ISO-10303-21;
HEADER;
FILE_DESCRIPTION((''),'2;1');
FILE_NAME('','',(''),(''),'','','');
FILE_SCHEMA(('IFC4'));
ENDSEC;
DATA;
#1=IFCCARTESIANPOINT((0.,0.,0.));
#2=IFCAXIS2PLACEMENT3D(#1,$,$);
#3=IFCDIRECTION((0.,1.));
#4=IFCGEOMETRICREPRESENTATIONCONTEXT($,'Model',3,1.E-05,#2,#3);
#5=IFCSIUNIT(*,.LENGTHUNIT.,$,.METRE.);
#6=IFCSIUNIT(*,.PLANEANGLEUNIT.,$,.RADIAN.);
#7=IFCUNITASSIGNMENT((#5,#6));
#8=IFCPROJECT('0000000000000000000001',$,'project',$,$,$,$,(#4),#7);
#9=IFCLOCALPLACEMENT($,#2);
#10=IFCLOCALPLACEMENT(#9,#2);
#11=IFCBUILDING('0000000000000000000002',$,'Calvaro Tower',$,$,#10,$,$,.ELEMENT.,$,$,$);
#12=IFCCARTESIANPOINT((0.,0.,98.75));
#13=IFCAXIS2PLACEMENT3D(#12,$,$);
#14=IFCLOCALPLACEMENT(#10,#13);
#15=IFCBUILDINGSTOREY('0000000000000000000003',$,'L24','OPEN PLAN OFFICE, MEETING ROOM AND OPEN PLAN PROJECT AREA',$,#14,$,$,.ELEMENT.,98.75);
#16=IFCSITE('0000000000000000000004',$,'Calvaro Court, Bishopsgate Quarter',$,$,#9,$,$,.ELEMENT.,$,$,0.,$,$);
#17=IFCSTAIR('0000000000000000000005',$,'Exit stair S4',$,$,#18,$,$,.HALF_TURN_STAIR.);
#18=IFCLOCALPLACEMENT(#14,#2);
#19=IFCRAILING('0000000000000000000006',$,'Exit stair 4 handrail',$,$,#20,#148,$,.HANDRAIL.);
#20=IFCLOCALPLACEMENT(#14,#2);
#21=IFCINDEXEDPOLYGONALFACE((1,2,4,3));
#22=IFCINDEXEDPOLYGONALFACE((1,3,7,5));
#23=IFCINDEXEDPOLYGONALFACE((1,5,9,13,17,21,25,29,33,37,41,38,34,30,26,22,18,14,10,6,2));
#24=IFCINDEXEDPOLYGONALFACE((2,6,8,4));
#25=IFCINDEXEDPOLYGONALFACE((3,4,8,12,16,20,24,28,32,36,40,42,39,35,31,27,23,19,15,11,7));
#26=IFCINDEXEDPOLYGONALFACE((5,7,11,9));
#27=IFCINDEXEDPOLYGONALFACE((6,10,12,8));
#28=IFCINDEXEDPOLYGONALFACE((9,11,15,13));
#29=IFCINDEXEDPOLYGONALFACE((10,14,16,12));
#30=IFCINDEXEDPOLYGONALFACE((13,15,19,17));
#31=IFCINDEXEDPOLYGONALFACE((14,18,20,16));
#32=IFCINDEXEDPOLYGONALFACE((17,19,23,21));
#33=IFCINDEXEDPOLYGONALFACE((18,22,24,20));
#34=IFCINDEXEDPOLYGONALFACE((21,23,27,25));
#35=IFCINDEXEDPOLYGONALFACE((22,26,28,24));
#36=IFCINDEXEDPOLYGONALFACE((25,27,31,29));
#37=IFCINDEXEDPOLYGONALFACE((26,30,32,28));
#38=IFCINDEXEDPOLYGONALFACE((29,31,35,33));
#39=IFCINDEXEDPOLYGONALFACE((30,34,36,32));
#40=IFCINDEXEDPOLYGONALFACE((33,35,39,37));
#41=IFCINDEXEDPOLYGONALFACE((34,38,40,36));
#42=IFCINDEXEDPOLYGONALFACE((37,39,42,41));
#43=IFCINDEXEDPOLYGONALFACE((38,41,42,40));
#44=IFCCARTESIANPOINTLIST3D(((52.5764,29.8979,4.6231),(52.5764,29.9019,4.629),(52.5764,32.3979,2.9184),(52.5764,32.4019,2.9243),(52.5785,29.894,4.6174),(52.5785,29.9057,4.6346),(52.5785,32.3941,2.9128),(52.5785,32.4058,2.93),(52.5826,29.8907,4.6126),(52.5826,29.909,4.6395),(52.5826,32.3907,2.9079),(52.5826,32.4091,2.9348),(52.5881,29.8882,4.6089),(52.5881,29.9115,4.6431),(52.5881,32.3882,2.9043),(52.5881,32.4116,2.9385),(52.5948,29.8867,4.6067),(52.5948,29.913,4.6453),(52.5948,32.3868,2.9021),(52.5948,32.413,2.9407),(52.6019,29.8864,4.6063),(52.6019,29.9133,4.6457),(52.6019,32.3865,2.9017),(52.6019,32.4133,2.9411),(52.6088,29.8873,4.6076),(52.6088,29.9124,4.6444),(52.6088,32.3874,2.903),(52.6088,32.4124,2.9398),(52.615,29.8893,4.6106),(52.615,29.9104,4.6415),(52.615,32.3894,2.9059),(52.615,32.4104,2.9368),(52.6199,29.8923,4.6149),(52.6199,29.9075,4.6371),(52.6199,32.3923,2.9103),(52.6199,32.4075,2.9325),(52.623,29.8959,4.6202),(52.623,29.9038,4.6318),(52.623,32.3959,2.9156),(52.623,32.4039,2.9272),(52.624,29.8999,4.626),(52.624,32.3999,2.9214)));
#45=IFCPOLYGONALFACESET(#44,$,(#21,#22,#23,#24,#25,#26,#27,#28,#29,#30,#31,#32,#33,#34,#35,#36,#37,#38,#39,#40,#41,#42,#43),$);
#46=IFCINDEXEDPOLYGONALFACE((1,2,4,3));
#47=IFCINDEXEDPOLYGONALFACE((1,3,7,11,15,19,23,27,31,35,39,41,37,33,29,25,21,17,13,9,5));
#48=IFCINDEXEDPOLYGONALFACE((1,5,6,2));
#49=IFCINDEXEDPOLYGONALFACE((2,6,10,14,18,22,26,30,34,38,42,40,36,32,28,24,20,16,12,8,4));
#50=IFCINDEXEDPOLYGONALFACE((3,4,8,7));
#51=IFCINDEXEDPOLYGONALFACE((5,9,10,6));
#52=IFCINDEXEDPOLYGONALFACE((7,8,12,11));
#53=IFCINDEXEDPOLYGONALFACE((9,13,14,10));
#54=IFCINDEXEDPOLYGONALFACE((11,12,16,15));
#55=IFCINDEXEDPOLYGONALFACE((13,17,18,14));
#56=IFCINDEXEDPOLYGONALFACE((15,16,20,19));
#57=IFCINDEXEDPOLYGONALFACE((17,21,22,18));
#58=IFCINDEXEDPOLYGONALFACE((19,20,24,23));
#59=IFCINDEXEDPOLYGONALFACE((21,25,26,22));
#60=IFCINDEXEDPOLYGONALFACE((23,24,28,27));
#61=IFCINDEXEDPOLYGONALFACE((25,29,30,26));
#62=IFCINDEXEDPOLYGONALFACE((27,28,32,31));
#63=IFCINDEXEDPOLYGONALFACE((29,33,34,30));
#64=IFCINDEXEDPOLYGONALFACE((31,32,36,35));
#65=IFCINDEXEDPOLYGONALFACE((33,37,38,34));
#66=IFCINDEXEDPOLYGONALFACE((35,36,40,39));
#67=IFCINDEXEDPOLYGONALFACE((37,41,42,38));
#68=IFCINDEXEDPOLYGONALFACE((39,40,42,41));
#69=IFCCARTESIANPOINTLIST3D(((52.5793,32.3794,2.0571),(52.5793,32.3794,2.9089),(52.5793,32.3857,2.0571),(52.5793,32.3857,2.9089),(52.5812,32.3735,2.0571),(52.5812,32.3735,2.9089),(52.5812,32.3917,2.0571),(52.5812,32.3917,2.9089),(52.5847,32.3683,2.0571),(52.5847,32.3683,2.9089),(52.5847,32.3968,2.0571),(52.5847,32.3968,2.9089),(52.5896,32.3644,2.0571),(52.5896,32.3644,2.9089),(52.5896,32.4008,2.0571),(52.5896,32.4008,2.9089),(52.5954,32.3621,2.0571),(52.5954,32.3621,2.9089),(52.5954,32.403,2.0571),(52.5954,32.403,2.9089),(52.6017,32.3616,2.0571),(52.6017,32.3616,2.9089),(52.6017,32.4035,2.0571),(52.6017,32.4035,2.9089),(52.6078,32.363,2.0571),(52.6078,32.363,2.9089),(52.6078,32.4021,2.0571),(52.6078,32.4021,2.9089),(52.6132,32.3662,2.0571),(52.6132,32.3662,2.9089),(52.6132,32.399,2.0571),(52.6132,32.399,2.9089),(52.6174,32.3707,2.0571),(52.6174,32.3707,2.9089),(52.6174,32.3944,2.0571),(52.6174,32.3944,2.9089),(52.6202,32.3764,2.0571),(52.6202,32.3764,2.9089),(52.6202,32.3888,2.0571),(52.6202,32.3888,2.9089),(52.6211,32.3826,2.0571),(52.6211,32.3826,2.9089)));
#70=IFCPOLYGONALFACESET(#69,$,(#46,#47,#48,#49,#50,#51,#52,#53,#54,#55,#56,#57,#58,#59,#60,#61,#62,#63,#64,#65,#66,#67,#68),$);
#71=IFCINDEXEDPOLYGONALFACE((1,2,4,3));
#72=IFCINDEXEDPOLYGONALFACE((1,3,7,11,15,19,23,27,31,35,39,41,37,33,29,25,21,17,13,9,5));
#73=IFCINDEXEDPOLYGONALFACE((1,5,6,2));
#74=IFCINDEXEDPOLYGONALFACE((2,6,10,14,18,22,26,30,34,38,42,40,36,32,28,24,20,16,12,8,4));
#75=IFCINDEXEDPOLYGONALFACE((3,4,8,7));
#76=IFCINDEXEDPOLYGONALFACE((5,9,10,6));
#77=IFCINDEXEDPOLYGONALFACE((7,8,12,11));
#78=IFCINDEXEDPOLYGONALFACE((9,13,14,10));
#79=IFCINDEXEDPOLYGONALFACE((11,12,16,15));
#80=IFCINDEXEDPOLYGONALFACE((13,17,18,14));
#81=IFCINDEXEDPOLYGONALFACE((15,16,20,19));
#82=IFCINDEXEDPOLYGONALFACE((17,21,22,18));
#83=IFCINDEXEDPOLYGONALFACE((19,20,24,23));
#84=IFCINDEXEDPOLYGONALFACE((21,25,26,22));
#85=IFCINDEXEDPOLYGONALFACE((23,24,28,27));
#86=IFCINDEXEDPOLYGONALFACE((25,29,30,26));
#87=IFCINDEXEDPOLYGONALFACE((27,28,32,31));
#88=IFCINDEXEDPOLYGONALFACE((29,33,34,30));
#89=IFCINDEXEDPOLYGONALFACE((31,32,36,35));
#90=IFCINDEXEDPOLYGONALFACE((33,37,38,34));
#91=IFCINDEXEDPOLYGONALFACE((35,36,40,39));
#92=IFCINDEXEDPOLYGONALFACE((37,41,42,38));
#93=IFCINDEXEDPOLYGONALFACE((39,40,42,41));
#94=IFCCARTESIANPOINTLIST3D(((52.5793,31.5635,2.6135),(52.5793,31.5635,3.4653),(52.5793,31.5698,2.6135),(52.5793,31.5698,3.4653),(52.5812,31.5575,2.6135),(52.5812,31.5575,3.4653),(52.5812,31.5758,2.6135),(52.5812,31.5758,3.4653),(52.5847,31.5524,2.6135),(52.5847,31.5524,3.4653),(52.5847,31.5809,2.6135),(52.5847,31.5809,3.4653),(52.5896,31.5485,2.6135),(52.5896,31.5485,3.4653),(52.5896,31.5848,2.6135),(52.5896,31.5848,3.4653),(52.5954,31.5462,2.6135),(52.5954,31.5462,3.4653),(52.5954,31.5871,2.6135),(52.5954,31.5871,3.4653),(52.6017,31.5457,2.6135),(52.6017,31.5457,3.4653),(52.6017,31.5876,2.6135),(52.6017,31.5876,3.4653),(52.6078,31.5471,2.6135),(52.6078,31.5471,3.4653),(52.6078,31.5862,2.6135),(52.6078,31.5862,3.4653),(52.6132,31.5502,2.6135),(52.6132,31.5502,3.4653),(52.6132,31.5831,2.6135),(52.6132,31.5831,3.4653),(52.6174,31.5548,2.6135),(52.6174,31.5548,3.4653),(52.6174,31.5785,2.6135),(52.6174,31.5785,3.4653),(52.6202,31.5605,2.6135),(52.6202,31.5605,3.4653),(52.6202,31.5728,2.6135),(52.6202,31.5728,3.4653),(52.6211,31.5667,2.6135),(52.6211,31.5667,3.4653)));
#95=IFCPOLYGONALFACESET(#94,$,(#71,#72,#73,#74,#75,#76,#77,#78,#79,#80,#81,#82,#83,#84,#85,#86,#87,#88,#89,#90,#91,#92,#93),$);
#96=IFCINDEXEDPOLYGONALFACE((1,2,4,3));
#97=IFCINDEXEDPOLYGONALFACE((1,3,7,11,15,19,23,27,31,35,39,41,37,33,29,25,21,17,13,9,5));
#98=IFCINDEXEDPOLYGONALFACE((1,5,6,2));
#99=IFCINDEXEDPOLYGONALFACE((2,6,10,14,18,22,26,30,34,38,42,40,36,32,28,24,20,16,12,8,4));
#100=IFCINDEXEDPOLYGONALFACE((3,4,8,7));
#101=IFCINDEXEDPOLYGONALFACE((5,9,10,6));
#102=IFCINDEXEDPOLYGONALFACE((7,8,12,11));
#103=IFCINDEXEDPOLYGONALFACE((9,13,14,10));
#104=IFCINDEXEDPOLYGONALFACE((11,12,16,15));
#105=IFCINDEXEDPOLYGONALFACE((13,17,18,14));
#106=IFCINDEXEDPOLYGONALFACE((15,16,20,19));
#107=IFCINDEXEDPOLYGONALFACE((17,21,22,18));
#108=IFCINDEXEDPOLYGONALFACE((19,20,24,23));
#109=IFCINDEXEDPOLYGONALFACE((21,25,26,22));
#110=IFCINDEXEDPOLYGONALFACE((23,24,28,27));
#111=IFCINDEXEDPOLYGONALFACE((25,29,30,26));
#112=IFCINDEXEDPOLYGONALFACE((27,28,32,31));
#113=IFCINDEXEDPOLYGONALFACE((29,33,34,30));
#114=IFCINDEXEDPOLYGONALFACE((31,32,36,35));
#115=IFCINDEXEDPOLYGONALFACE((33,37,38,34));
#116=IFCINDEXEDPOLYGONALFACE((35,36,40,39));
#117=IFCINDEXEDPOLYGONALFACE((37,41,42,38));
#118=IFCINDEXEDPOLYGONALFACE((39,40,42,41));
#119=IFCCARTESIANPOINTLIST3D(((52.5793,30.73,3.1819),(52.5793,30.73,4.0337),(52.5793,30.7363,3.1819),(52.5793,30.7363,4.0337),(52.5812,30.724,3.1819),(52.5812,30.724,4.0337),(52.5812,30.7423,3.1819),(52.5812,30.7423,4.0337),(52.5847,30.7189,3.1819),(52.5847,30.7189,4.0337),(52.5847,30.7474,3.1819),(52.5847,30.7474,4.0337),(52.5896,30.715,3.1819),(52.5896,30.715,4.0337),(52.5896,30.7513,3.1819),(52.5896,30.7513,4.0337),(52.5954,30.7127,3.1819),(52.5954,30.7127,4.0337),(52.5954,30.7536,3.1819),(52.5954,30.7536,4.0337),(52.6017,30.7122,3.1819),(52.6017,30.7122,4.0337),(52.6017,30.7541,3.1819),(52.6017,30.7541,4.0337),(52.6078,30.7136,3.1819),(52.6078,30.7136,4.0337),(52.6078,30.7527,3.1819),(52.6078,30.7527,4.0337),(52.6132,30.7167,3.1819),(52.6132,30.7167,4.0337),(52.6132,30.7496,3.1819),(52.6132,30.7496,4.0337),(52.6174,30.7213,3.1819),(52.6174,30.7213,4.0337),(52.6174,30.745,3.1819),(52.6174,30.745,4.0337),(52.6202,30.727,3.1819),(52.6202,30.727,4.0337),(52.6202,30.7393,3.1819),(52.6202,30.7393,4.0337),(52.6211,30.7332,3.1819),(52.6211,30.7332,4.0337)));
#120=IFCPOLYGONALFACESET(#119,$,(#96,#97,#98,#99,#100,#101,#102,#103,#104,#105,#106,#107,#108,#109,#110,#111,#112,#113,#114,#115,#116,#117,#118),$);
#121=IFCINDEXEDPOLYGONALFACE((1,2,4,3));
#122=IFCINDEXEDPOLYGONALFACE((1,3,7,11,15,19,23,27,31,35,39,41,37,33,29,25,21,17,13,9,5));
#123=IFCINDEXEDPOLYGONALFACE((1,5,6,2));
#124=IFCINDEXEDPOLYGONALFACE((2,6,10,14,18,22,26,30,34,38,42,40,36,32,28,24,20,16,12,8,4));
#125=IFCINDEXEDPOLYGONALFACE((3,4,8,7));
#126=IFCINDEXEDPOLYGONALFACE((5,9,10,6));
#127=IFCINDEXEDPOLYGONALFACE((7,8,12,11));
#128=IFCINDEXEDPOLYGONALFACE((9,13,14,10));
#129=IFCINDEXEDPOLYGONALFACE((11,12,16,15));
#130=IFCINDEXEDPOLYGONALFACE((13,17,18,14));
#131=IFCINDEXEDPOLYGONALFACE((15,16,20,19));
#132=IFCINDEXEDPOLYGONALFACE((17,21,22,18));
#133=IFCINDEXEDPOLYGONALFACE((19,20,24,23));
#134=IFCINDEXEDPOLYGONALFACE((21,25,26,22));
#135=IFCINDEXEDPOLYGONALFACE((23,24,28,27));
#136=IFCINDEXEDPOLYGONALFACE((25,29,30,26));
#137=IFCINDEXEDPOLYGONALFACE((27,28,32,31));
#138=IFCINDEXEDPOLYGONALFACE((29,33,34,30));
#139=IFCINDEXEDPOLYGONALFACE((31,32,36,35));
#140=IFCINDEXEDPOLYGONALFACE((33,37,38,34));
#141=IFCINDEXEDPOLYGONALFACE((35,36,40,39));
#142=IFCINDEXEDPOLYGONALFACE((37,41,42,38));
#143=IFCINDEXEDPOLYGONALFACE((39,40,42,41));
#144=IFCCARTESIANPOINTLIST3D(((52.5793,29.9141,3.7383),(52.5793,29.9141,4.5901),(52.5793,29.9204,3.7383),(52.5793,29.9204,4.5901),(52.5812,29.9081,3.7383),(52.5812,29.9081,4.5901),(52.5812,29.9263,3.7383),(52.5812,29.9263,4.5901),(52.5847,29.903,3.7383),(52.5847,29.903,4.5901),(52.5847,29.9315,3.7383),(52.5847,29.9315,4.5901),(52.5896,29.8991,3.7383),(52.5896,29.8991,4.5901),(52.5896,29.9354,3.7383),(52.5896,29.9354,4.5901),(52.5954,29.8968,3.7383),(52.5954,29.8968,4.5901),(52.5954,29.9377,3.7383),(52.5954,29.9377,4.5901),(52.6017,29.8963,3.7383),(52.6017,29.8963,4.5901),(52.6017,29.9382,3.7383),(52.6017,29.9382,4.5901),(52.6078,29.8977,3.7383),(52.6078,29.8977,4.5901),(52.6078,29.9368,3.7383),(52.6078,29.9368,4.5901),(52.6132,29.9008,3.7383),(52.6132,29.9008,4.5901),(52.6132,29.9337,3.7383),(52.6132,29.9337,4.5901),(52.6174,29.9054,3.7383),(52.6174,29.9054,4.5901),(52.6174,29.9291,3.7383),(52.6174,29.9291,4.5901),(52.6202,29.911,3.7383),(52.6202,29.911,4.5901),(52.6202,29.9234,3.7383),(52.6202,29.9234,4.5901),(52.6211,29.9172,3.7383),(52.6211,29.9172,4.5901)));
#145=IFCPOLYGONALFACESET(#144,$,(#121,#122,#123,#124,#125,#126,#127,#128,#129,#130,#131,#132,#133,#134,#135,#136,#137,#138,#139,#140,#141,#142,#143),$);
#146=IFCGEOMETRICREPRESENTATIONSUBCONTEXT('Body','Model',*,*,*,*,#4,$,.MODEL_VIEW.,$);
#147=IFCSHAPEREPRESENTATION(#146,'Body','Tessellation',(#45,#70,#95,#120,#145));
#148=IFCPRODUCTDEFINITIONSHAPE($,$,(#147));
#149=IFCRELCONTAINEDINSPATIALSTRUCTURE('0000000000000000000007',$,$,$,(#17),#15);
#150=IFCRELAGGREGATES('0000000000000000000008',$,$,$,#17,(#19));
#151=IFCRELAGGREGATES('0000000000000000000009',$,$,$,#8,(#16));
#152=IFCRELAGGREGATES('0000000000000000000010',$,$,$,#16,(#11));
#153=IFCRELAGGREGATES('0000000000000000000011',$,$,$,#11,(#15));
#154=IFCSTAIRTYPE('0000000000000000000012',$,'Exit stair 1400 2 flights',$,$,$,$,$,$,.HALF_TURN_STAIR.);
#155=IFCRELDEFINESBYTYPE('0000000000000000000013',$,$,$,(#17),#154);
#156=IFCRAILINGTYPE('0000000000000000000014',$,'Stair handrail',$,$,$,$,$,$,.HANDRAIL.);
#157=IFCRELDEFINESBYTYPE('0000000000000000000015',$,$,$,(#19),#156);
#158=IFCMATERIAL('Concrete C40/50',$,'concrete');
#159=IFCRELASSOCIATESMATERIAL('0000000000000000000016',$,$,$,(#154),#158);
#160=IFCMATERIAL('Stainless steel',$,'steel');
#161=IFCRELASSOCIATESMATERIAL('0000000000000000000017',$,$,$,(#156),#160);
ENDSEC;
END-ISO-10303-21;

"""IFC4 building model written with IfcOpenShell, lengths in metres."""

from ifc_helpers import new_model, si_unit, direction, frame, origin, origin_2d, place, context, subcontext, project, spatial, circle, extrude, material, type_object, element, aggregate, save


model = new_model("IFC4")

# Units and contexts
model_context = context("Model", 3, precision=1e-05, world=origin(), true_north=direction((0.0, 1.0)))
body_context = subcontext(model_context, "Body", "Model", "MODEL_VIEW")
ifc_project = project(units=[si_unit("LENGTHUNIT", "METRE"), si_unit("PLANEANGLEUNIT", "RADIAN")], contexts=[model_context])

# Site, building, storey
site_placement = place(None, origin())
site = spatial("IfcSite", under=ifc_project, at=site_placement, Name="Calvaro Court, Bishopsgate Quarter", CompositionType="ELEMENT", RefElevation=0.0)
building_placement = place(site_placement, origin())
building = spatial("IfcBuilding", under=site, at=building_placement, Name="Calvaro Tower", CompositionType="ELEMENT")
storey_placement = place(building_placement, frame((0.0, 0.0, 98.75)))
storey = spatial("IfcBuildingStorey", under=building, at=storey_placement, Name="L24", Description="OPEN PLAN OFFICE, MEETING ROOM AND OPEN PLAN PROJECT AREA", CompositionType="ELEMENT", Elevation=98.75)

# Stair
ifc_material_1 = material(Name="Concrete C40/50", Category="concrete")
stair_type = type_object("IfcStairType", Name="Exit stair 1400 2 flights", PredefinedType="HALF_TURN_STAIR", material=ifc_material_1)
stair_1_placement = place(storey_placement, origin())
stair_1 = element("IfcStair", 1, at=stair_1_placement, inside=storey, type_object=stair_type, Name="Exit stair S4", PredefinedType="HALF_TURN_STAIR")

# Railing
ifc_material_2 = material(Name="Stainless steel", Category="steel")
railing_type = type_object("IfcRailingType", Name="Stair handrail", PredefinedType="HANDRAIL", material=ifc_material_2)
railing_1_placement = place(storey_placement, frame((52.6001, 32.3999, 2.0454)))
railing_1 = element("IfcRailing", 2, at=railing_1_placement, type_object=railing_type, Name="Exit stair 4 handrail", PredefinedType="HANDRAIL", context=body_context, shape_type="SweptSolid", body=[
    extrude(circle(Radius=0.0239, at=origin_2d()), frame((0.0, 0.0, 0.876), z_axis=(0.0, -0.826221, 0.563347), x_axis=(1.0, 0.0, 0.0)), (0.0, 0.0, 1.0), 3.0259),
    extrude(circle(Radius=0.021, at=origin_2d()), frame((0.0, -0.0173, 0.0117)), (0.0, 0.0, 1.0), 0.8518),
    extrude(circle(Radius=0.021, at=origin_2d()), frame((0.0, -0.8333, 0.5681)), (0.0, 0.0, 1.0), 0.8518),
    extrude(circle(Radius=0.021, at=origin_2d()), frame((0.0, -1.6667, 1.1365)), (0.0, 0.0, 1.0), 0.8518),
    extrude(circle(Radius=0.021, at=origin_2d()), frame((0.0, -2.4827, 1.6929)), (0.0, 0.0, 1.0), 0.8518),
])
aggregate(stair_1, [railing_1])

save(model, "model.ifc")
